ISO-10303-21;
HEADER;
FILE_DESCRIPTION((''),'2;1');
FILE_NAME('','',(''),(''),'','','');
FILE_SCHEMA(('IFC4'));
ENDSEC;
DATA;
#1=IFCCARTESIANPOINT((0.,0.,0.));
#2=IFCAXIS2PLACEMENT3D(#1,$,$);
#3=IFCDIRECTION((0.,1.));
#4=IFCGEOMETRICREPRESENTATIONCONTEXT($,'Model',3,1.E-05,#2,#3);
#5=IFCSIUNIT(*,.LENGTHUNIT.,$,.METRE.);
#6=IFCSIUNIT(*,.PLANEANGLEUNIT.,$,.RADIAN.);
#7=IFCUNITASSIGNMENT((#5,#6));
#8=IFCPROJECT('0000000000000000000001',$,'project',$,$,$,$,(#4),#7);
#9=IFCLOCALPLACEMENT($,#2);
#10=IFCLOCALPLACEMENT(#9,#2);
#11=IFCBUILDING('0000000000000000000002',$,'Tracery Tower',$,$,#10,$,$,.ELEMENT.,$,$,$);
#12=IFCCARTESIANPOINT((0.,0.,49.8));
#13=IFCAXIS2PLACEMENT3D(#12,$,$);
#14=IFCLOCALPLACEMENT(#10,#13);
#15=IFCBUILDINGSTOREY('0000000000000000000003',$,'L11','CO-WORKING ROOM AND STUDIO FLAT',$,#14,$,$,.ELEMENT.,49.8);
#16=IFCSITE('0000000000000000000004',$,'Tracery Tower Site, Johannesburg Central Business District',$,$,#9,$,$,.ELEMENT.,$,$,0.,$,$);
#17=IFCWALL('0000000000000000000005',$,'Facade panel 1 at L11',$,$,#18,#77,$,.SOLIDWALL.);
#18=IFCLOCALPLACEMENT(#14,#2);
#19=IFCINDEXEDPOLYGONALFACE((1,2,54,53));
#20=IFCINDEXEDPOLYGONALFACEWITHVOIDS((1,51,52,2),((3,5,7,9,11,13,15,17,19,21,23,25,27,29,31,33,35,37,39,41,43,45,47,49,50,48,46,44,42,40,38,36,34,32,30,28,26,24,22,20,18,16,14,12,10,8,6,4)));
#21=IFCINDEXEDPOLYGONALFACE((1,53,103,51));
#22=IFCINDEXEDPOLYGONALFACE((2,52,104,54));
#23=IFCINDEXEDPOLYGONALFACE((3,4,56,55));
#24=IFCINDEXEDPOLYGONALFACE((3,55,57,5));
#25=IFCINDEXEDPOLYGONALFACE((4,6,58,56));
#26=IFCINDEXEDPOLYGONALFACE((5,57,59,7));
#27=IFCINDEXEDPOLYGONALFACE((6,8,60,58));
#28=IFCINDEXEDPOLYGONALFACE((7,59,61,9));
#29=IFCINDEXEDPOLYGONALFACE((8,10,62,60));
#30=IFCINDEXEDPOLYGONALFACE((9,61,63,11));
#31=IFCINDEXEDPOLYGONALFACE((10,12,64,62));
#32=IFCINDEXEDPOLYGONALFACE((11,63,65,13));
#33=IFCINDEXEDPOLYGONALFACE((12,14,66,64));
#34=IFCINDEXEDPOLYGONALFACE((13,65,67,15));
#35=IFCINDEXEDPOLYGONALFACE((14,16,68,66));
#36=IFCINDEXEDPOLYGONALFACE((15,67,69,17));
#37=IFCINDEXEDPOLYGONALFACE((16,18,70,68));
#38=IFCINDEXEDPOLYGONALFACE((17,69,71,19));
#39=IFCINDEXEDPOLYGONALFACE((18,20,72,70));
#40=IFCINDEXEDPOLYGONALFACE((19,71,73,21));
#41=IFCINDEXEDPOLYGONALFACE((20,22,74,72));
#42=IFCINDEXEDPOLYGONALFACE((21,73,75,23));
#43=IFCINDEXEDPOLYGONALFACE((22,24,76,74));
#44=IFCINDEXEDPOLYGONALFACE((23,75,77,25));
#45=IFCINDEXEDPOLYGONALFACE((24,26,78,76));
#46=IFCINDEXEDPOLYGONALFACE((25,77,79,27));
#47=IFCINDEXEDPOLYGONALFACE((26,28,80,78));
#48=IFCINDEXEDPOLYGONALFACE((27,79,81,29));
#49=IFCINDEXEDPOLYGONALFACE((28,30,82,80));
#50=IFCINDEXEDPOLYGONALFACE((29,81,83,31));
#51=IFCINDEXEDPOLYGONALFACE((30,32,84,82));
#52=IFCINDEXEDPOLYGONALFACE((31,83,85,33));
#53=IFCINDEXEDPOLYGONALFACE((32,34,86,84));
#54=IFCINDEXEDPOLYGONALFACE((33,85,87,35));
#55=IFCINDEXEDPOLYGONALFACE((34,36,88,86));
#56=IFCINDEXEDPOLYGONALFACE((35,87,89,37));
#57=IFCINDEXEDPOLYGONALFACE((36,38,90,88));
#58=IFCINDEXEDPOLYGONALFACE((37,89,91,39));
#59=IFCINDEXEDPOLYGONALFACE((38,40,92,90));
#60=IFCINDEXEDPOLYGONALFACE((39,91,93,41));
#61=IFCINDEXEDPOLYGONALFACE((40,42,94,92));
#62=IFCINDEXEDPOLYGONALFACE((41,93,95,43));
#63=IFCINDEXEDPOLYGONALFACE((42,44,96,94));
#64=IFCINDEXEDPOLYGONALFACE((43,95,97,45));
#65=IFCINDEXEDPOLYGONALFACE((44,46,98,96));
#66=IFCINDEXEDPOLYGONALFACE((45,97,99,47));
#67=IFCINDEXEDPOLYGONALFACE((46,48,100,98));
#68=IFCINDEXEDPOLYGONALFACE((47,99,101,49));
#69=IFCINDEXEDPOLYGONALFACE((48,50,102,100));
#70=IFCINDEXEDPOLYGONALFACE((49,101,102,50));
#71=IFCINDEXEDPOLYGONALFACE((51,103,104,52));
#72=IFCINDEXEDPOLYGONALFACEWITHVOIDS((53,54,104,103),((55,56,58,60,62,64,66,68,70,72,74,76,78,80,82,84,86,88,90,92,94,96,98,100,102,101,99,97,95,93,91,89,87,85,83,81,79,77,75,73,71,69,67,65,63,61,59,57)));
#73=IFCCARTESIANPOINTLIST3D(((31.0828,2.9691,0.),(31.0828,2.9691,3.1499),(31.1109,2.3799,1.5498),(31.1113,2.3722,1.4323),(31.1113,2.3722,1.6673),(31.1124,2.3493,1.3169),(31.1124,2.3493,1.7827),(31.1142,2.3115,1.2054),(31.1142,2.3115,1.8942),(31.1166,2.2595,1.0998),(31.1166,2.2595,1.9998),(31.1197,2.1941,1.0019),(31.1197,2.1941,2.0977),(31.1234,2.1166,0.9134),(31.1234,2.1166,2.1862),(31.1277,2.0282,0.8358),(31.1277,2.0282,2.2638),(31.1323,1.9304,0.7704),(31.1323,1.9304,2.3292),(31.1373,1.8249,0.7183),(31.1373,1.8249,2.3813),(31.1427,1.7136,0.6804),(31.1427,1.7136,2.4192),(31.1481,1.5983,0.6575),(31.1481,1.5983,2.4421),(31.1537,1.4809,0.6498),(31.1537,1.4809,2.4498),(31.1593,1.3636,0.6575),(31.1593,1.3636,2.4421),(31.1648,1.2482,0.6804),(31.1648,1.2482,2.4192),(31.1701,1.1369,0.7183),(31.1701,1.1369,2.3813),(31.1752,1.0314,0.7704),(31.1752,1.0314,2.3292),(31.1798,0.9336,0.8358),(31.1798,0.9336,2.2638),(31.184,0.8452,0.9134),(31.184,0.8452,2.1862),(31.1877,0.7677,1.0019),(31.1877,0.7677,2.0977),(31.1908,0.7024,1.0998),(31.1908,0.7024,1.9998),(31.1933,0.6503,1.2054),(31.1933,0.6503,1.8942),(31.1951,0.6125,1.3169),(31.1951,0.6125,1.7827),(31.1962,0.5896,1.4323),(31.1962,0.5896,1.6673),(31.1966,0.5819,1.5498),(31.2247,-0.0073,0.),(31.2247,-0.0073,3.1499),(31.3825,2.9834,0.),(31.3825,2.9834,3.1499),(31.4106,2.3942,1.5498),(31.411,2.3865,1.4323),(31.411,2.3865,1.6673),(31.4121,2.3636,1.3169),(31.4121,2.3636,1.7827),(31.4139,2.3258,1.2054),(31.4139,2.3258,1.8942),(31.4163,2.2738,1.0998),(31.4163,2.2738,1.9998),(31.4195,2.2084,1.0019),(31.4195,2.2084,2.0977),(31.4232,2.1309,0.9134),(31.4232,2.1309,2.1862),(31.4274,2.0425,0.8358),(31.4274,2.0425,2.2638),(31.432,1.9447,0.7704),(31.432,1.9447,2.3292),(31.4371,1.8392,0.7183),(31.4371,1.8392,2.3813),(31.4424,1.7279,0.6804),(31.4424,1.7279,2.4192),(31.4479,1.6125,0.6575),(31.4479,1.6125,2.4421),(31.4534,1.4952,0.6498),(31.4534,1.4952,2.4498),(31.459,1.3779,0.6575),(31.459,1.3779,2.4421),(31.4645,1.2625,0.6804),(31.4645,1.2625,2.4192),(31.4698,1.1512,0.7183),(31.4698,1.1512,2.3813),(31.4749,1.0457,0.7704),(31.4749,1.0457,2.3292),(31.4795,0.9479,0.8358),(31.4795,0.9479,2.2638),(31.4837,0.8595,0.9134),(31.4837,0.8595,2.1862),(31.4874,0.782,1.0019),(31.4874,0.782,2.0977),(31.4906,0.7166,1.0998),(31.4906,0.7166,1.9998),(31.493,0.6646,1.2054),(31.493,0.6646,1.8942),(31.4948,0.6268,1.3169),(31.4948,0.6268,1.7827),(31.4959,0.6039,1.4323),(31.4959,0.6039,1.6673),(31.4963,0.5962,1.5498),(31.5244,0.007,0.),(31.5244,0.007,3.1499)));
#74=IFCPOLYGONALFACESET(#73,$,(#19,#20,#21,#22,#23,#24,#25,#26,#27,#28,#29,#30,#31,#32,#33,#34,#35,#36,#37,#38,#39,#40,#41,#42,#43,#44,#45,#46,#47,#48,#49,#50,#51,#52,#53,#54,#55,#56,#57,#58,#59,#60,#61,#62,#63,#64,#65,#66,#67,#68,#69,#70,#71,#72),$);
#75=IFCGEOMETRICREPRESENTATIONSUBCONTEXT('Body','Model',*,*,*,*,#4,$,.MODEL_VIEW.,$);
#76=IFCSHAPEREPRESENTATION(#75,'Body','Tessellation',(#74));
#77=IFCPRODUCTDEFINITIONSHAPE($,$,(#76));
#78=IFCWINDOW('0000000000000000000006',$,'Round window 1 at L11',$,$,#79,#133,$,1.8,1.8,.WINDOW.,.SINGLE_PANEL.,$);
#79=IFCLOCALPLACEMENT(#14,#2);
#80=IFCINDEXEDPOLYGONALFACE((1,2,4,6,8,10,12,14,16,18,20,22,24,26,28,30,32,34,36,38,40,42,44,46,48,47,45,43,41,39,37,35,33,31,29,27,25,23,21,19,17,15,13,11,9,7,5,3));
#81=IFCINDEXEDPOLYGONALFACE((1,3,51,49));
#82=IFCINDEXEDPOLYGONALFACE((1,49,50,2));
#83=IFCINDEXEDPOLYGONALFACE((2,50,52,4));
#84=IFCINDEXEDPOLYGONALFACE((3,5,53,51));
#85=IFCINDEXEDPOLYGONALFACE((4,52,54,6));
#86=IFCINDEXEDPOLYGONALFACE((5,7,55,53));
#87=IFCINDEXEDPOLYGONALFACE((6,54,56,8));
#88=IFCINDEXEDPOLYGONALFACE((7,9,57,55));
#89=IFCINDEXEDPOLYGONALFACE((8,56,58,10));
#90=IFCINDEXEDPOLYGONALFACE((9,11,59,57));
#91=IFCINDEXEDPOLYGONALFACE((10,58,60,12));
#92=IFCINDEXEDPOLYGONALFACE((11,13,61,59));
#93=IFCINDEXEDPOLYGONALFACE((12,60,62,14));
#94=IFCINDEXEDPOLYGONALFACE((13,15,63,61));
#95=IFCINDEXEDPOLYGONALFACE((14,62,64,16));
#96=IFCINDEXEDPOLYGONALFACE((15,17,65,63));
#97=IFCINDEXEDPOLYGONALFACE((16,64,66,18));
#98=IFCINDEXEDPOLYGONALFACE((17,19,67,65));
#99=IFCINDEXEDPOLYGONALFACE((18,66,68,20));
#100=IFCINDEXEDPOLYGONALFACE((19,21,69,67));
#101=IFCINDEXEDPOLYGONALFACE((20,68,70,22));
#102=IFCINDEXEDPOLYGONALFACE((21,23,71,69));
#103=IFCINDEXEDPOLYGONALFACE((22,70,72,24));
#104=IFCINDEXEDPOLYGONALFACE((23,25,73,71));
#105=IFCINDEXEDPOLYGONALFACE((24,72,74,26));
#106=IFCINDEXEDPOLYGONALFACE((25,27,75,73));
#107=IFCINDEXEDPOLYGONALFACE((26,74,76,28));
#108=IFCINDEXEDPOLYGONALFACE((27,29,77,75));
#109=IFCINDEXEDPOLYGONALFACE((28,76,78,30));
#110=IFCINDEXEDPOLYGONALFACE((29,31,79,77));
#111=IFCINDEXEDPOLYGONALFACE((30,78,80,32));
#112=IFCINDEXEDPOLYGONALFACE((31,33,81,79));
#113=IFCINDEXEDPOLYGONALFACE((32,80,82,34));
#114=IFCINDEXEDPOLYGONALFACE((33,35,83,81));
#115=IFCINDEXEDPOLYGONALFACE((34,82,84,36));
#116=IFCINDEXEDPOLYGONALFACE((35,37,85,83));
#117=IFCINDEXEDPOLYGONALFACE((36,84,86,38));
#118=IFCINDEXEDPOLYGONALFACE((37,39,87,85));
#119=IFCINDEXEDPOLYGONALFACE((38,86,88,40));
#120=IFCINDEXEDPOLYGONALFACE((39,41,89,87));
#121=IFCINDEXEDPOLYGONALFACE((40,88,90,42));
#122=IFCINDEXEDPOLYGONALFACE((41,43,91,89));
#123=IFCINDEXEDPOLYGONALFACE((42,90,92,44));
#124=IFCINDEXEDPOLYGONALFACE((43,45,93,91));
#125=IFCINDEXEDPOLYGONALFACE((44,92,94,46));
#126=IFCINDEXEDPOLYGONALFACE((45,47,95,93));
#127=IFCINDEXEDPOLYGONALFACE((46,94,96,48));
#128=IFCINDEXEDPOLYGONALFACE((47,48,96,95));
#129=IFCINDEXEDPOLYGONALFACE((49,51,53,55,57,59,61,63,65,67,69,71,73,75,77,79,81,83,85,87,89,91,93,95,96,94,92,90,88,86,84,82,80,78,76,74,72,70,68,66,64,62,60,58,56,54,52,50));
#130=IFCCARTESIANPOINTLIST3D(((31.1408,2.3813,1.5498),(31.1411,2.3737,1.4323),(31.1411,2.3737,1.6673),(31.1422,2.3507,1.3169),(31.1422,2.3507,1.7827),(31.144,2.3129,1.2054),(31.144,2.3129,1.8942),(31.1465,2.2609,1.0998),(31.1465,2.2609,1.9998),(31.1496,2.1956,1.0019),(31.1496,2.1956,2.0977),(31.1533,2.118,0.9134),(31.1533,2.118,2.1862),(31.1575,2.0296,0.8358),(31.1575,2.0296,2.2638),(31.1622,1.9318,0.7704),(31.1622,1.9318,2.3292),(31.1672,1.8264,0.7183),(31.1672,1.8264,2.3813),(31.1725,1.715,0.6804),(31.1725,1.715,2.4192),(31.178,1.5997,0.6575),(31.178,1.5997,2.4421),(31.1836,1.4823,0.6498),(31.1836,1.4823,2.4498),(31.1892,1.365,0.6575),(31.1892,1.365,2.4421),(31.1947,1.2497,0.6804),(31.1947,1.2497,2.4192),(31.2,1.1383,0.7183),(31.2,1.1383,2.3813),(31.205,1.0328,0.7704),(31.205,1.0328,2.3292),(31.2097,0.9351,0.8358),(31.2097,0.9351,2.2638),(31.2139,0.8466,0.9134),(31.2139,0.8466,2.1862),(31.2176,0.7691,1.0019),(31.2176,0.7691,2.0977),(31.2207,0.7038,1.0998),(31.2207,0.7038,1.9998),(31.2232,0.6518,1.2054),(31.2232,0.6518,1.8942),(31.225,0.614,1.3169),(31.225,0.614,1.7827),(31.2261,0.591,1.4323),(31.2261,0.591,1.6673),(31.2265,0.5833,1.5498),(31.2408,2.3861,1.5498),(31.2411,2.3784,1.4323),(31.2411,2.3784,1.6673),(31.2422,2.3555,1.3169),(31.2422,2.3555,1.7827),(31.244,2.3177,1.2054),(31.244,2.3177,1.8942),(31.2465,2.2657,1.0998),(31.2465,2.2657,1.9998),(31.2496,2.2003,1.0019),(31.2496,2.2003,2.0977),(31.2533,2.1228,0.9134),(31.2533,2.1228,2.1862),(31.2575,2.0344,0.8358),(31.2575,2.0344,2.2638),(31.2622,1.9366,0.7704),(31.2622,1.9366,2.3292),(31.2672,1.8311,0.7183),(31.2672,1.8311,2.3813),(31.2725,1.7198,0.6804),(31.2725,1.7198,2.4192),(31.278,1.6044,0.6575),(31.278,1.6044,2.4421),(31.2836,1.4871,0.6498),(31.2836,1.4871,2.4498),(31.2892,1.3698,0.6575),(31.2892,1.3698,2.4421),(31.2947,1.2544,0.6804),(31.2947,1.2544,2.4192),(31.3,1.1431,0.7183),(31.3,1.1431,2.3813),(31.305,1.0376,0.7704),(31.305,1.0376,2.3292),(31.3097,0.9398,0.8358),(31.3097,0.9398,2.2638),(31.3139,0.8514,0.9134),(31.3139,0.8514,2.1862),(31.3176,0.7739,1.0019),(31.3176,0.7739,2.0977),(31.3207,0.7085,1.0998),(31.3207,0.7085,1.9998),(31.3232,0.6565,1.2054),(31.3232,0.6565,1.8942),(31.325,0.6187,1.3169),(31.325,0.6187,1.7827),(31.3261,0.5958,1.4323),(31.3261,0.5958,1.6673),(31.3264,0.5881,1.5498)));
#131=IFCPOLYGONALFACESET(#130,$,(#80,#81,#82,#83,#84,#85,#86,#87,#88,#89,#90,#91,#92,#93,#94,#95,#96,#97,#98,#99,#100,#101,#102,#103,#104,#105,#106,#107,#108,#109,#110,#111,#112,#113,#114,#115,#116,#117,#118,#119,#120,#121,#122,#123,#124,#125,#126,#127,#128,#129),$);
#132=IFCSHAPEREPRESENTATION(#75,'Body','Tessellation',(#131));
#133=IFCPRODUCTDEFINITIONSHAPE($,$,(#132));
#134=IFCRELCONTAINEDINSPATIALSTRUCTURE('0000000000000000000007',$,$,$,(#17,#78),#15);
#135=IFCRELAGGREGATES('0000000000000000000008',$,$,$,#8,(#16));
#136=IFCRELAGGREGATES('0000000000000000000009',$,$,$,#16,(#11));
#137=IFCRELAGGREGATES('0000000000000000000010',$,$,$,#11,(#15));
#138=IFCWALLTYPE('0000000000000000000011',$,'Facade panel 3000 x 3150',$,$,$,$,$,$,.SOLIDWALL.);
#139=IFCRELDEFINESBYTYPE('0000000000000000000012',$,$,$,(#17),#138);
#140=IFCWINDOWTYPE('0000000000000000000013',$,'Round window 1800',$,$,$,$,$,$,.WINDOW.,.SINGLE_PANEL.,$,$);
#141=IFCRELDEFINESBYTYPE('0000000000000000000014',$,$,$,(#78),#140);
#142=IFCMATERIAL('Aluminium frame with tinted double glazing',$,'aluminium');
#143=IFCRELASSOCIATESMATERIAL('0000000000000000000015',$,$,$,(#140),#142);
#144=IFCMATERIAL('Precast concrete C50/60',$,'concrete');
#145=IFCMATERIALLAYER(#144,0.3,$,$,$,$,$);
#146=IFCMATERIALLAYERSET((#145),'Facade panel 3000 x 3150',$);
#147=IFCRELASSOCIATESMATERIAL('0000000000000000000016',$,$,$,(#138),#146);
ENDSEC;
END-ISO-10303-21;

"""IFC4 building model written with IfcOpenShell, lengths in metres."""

from ifc_helpers import new_model, si_unit, direction, frame, frame_2d, origin, origin_2d, place, context, subcontext, project, spatial, rectangle, circle, extrude, material, layer, layer_set, type_object, element, fill, save


model = new_model("IFC4")

# Units and contexts
model_context = context("Model", 3, precision=1e-05, world=origin(), true_north=direction((0.0, 1.0)))
body_context = subcontext(model_context, "Body", "Model", "MODEL_VIEW")
ifc_project = project(units=[si_unit("LENGTHUNIT", "METRE"), si_unit("PLANEANGLEUNIT", "RADIAN")], contexts=[model_context])

# Site, building, storey
site_placement = place(None, origin())
site = spatial("IfcSite", under=ifc_project, at=site_placement, Name="Tracery Tower Site, Johannesburg Central Business District", CompositionType="ELEMENT", RefElevation=0.0)
building_placement = place(site_placement, origin())
building = spatial("IfcBuilding", under=site, at=building_placement, Name="Tracery Tower", CompositionType="ELEMENT")
storey_placement = place(building_placement, frame((0.0, 0.0, 49.8)))
storey = spatial("IfcBuildingStorey", under=building, at=storey_placement, Name="L11", Description="CO-WORKING ROOM AND STUDIO FLAT", CompositionType="ELEMENT", Elevation=49.8)

# Wall, opening, window
ifc_material_1 = material(Name="Aluminium frame with tinted double glazing", Category="aluminium")
window_type = type_object("IfcWindowType", Name="Round window 1800", PartitioningType="SINGLE_PANEL", PredefinedType="WINDOW", material=ifc_material_1)
ifc_material_2 = material(Name="Precast concrete C50/60", Category="concrete")
ifc_layer_1 = layer(ifc_material_2, 0.3)
ifc_layer_set_1 = layer_set([ifc_layer_1], Name="Facade panel 3000 x 3150")
wall_type_1 = type_object("IfcWallType", Name="Facade panel 3000 x 3150", PredefinedType="SOLIDWALL", material=ifc_layer_set_1)
wall_1_placement = place(storey_placement, frame((31.3745, 0.0, 0.0), z_axis=(0.0, 0.0, 1.0), x_axis=(-0.047604, 0.998866, 0.0)))
wall_1 = element("IfcWall", 1, at=wall_1_placement, inside=storey, type_object=wall_type_1, Name="Facade panel 1 at L11", PredefinedType="SOLIDWALL", context=body_context, shape_type="SweptSolid", body=[
    extrude(rectangle(XDim=2.9797, YDim=0.3, at=frame_2d((1.4897, 0.0))), origin(), (0.0, 0.0, 1.0), 3.1499),
])
opening_1_placement = place(wall_1_placement, frame((1.4897, 0.0, 1.5498)))
opening_1 = element("IfcOpeningElement", 2, at=opening_1_placement, cuts=wall_1, PredefinedType="OPENING", context=body_context, shape_type="SweptSolid", body=[
    extrude(circle(Radius=0.9, at=origin_2d()), frame((0.0, 0.1599, 0.0), z_axis=(0.0, -1.0, 0.0), x_axis=(1.0, 0.0, 0.0)), (0.0, 0.0, 1.0), 0.3201),
])
window_1_placement = place(opening_1_placement, origin())
window_1 = element("IfcWindow", 3, at=window_1_placement, inside=storey, type_object=window_type, Name="Round window 1 at L11", OverallHeight=1.8, OverallWidth=1.8, PartitioningType="SINGLE_PANEL", PredefinedType="WINDOW", context=body_context, shape_type="SweptSolid", body=[
    extrude(circle(Radius=0.9, at=origin_2d()), frame((0.0, 0.1201, 0.0), z_axis=(0.0, -1.0, 0.0), x_axis=(1.0, 0.0, 0.0)), (0.0, 0.0, 1.0), 0.1001),
])
fill(opening_1, window_1)

save(model, "model.ifc")
